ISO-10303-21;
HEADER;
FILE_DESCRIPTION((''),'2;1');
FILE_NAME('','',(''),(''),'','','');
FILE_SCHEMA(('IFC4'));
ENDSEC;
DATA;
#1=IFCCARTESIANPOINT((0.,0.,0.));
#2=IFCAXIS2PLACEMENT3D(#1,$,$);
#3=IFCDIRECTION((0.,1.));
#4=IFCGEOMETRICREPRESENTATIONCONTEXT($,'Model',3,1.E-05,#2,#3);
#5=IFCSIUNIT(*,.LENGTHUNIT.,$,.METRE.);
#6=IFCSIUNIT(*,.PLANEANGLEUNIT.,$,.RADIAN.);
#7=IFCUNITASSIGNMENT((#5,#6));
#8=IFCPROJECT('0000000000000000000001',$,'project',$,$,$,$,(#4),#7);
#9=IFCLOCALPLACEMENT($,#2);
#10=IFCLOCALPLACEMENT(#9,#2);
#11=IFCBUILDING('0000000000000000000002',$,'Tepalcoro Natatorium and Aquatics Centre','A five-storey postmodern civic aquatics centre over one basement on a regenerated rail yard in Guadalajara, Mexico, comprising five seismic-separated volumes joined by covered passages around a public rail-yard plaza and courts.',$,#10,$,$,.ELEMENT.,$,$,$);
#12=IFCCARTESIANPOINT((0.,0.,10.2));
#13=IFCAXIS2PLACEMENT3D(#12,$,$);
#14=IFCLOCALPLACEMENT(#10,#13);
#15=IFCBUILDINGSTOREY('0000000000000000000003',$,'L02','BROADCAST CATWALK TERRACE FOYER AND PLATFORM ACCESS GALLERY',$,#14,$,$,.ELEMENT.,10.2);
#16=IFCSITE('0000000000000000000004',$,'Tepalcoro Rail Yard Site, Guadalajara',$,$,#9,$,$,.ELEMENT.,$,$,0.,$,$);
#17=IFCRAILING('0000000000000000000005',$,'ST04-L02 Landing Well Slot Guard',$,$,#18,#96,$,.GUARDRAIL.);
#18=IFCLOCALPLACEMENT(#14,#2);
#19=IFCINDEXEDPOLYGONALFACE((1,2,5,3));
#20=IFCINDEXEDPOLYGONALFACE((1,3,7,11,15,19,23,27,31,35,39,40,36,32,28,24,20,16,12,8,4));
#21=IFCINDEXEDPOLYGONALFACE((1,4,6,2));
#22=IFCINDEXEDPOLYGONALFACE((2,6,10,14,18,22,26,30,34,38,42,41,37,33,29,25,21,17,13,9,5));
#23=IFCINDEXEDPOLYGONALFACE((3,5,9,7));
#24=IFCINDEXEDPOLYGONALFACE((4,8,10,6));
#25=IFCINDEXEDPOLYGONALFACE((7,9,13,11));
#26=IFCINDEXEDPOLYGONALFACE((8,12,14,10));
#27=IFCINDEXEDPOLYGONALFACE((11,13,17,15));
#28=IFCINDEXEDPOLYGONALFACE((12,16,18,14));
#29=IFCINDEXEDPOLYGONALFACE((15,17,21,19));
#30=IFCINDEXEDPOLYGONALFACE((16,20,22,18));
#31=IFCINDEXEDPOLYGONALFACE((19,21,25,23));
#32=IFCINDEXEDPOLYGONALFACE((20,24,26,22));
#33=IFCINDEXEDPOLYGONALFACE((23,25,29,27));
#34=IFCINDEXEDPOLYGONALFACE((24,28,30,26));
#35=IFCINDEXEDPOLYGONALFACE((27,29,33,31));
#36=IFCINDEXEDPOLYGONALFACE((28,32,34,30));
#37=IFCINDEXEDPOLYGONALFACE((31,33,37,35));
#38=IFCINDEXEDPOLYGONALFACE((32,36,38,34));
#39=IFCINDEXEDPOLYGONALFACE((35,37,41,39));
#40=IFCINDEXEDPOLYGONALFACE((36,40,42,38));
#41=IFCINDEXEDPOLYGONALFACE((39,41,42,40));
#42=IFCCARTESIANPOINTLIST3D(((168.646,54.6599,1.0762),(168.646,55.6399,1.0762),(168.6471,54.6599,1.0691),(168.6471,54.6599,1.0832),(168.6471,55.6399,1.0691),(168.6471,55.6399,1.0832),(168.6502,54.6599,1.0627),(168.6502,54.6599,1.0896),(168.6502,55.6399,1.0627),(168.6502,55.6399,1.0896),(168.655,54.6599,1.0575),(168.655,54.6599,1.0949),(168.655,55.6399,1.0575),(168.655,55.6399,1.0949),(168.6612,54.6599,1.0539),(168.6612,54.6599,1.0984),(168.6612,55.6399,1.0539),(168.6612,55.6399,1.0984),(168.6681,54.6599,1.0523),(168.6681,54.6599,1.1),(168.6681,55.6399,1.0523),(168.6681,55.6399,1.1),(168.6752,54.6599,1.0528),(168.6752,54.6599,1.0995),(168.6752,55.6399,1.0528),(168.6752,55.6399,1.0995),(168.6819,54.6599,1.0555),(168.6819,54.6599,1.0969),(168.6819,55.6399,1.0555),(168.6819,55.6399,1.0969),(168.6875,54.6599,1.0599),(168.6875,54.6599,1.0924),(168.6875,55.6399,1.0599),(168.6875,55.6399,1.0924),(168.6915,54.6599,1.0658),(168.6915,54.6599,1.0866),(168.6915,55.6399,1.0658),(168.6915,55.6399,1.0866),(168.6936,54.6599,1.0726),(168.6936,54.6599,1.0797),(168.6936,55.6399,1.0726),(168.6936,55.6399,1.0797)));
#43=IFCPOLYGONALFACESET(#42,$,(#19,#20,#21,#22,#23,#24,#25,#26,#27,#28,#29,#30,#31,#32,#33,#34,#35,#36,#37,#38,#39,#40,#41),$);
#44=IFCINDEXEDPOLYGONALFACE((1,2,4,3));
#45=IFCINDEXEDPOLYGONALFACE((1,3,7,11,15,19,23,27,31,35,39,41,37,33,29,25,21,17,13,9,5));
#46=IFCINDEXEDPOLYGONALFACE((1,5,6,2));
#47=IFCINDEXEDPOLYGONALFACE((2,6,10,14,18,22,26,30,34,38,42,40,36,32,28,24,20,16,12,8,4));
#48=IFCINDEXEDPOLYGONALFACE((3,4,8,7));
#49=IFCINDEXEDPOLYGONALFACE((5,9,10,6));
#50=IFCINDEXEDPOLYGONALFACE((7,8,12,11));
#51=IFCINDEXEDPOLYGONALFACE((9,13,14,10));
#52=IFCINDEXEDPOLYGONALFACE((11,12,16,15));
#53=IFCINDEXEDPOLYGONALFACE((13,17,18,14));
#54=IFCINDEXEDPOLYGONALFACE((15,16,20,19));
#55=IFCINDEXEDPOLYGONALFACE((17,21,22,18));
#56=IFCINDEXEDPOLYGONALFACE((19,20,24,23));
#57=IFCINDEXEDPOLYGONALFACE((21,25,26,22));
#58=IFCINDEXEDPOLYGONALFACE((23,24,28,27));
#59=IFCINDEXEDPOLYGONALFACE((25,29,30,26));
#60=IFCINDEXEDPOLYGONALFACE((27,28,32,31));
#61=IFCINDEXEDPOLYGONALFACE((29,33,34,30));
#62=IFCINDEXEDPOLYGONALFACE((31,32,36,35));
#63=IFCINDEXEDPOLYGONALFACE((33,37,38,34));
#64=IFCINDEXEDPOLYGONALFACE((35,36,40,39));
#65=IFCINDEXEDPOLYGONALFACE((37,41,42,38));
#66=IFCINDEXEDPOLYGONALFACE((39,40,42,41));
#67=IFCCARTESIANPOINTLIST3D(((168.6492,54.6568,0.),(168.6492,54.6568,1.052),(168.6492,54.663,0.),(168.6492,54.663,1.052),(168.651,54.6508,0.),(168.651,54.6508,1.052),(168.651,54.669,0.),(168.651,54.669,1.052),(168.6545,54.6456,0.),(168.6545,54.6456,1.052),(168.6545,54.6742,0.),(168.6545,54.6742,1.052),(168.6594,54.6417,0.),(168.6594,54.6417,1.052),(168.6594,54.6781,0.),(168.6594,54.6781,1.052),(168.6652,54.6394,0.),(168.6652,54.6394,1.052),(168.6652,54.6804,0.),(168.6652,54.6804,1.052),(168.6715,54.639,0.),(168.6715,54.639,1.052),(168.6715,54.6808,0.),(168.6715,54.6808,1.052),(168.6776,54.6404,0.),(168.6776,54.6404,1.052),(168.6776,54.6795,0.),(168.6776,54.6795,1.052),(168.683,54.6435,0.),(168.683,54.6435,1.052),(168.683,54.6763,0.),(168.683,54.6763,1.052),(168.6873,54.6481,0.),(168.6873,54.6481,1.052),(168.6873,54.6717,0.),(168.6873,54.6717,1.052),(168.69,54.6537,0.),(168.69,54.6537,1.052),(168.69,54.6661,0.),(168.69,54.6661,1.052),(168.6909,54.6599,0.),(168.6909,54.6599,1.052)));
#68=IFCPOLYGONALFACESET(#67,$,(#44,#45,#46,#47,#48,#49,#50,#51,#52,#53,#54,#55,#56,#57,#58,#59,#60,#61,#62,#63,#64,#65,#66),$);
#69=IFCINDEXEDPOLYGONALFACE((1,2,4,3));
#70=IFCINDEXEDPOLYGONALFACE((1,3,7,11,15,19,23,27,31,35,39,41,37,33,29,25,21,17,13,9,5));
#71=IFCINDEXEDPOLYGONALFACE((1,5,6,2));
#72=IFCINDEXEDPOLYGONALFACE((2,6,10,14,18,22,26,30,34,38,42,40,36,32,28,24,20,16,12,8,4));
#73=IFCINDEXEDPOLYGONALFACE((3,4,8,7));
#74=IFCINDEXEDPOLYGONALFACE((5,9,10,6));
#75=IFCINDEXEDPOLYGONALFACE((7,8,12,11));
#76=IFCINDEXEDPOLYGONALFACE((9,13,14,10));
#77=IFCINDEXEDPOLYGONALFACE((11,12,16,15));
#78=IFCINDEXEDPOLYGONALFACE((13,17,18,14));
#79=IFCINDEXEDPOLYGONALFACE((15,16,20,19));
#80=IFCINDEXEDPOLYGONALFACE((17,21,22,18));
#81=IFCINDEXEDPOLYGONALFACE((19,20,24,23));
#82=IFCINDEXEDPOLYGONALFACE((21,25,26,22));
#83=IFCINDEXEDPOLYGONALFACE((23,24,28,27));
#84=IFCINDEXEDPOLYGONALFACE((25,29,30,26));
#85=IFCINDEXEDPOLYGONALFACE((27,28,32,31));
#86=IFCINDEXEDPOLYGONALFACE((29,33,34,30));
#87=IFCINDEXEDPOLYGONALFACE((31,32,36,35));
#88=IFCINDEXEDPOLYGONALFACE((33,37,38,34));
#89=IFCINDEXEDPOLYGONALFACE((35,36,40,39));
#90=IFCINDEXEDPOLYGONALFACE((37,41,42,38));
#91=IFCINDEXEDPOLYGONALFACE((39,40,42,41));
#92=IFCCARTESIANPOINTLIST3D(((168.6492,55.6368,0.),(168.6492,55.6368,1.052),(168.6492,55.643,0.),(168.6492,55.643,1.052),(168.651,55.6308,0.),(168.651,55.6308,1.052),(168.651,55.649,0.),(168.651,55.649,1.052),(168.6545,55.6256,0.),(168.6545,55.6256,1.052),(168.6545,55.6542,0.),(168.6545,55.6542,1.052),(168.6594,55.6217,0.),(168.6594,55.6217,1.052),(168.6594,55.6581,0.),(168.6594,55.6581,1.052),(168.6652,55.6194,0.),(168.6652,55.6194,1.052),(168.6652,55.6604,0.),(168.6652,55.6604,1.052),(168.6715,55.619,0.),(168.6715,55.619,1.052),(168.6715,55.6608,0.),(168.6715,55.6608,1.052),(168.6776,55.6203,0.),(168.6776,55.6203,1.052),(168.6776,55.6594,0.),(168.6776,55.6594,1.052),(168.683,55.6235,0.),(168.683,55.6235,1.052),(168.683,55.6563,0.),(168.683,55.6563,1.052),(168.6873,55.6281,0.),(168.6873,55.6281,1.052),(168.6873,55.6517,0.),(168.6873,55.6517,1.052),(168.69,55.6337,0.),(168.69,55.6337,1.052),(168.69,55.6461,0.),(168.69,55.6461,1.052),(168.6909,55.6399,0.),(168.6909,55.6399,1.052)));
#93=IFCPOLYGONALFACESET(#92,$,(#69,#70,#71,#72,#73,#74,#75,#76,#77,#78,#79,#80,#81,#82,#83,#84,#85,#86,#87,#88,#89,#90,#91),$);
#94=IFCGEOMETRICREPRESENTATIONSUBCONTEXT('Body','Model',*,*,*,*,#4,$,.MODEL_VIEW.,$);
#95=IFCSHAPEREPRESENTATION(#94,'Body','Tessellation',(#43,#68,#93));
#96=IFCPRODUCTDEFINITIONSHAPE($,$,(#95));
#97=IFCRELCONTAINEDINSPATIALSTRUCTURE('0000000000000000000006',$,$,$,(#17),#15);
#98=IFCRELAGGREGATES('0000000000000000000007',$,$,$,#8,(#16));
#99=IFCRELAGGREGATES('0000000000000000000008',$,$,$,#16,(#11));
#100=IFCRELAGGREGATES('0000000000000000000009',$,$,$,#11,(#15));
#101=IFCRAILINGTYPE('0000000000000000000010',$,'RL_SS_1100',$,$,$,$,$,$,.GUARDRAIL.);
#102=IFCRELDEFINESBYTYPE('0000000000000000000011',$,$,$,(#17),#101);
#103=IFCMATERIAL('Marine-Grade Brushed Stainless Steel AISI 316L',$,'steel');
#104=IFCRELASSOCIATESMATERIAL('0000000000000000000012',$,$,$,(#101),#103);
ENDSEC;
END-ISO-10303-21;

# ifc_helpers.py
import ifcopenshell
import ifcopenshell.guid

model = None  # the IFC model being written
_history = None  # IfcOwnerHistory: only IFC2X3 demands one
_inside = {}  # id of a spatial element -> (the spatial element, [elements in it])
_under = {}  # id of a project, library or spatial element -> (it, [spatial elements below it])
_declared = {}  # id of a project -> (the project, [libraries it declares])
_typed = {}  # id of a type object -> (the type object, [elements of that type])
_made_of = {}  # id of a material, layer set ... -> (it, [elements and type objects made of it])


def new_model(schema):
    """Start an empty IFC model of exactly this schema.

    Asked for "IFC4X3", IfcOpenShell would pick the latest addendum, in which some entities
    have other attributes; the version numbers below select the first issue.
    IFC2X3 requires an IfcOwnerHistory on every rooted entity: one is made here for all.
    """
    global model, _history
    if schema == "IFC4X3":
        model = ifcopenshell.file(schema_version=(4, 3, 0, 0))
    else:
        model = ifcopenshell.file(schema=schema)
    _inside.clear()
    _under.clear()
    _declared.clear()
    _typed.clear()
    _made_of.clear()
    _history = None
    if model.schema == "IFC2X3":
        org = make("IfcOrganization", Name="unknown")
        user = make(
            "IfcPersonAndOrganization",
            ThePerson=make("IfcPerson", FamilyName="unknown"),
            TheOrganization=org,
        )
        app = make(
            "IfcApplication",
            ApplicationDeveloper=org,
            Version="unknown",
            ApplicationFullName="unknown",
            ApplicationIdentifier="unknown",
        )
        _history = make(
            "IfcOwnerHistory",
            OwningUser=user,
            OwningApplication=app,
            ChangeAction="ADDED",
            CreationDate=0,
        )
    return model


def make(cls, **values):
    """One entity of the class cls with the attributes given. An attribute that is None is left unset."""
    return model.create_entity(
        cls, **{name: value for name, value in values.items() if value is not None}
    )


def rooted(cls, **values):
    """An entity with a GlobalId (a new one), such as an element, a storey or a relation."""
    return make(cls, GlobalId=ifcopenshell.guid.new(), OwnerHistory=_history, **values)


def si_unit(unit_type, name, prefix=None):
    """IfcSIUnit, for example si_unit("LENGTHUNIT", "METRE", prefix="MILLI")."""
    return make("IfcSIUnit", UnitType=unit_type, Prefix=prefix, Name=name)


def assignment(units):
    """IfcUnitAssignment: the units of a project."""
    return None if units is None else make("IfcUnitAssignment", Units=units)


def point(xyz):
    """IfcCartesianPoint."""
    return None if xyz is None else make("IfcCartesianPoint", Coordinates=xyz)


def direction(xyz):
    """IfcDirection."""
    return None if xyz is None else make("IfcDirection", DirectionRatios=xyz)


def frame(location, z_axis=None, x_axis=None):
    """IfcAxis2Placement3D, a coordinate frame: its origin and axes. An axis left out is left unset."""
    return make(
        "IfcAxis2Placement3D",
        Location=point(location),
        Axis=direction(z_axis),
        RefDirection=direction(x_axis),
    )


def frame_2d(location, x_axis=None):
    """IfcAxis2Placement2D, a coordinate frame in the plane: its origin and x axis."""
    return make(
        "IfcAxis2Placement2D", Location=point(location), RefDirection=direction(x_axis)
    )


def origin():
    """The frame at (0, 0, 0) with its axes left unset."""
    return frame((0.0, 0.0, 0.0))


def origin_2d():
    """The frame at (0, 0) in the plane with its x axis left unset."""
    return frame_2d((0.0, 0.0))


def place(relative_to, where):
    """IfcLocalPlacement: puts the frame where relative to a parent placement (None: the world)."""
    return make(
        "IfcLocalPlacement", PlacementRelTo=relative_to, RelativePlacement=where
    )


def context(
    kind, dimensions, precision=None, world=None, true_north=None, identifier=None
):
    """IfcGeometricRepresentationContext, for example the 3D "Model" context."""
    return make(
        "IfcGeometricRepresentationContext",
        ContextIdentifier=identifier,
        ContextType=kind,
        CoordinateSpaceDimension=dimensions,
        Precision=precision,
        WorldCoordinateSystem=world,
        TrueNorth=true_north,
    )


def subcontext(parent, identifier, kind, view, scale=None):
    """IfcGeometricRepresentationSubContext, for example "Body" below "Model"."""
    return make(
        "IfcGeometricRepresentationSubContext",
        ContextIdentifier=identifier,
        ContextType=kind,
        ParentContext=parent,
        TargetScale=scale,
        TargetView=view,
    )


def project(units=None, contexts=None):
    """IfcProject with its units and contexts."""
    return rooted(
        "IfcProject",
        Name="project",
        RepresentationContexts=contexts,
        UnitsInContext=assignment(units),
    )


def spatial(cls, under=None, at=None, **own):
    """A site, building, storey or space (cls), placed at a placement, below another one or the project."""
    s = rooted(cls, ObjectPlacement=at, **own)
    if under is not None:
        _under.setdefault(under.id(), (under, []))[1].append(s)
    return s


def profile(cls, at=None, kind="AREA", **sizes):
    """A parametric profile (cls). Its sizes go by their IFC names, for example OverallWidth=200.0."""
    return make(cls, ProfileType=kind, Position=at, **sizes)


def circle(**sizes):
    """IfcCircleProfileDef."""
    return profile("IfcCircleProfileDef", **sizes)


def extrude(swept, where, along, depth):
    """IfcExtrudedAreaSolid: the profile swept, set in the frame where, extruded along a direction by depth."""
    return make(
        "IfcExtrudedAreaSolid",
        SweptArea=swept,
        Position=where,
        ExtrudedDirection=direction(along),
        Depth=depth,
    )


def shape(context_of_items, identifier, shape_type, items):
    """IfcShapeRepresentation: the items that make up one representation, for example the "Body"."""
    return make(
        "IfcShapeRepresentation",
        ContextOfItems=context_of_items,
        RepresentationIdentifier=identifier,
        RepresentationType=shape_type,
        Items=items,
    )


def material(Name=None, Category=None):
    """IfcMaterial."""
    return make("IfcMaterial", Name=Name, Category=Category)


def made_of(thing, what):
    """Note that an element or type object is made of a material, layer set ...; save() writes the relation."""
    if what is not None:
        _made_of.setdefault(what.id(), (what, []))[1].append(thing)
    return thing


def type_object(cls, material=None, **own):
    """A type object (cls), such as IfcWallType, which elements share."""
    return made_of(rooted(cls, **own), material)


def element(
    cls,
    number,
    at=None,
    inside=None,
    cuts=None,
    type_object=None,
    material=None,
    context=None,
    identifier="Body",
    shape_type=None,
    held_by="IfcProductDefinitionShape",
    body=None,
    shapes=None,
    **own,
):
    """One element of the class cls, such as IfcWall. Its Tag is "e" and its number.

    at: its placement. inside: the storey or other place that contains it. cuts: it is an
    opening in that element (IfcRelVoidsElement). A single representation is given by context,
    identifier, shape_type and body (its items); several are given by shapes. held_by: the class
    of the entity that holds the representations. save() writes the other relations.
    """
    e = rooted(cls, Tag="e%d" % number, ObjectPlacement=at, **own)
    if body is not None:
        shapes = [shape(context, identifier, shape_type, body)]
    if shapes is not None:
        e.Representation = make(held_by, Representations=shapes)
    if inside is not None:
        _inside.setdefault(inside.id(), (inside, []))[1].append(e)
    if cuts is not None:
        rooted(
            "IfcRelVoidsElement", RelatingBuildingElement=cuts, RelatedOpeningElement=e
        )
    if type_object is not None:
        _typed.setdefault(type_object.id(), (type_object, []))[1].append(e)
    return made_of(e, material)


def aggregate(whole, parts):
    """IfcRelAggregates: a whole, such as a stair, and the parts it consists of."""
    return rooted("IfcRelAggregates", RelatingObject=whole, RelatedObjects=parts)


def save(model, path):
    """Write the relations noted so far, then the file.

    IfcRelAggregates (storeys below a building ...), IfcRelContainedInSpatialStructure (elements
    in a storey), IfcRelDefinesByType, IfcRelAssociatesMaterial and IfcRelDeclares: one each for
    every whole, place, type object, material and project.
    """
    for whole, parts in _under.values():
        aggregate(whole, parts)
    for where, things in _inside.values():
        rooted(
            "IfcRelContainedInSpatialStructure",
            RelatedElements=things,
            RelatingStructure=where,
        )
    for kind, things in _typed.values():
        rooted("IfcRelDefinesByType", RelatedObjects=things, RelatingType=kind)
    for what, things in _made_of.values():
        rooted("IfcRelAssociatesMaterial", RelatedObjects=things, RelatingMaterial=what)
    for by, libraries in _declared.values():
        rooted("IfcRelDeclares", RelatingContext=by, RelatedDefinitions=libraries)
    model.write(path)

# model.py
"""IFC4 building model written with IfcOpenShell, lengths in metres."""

from ifc_helpers import new_model, si_unit, direction, frame, origin, origin_2d, place, context, subcontext, project, spatial, circle, extrude, material, type_object, element, save


model = new_model("IFC4")

# Units and contexts
model_context = context("Model", 3, precision=1e-05, world=origin(), true_north=direction((0.0, 1.0)))
body_context = subcontext(model_context, "Body", "Model", "MODEL_VIEW")
ifc_project = project(units=[si_unit("LENGTHUNIT", "METRE"), si_unit("PLANEANGLEUNIT", "RADIAN")], contexts=[model_context])

# Site, building, storey
site_placement = place(None, origin())
site = spatial("IfcSite", under=ifc_project, at=site_placement, Name="Tepalcoro Rail Yard Site, Guadalajara", CompositionType="ELEMENT", RefElevation=0.0)
building_placement = place(site_placement, origin())
building = spatial("IfcBuilding", under=site, at=building_placement, Name="Tepalcoro Natatorium and Aquatics Centre", Description="A five-storey postmodern civic aquatics centre over one basement on a regenerated rail yard in Guadalajara, Mexico, comprising five seismic-separated volumes joined by covered passages around a public rail-yard plaza and courts.", CompositionType="ELEMENT")
storey_placement = place(building_placement, frame((0.0, 0.0, 10.2)))
storey = spatial("IfcBuildingStorey", under=building, at=storey_placement, Name="L02", Description="BROADCAST CATWALK TERRACE FOYER AND PLATFORM ACCESS GALLERY", CompositionType="ELEMENT", Elevation=10.2)

# Railing
ifc_material_1 = material(Name="Marine-Grade Brushed Stainless Steel AISI 316L", Category="steel")
railing_type_1 = type_object("IfcRailingType", Name="RL_SS_1100", PredefinedType="GUARDRAIL", material=ifc_material_1)
railing_1_placement = place(storey_placement, frame((168.6699, 54.6599, 0.0)))
element("IfcRailing", 1, at=railing_1_placement, inside=storey, type_object=railing_type_1, Name="ST04-L02 Landing Well Slot Guard", PredefinedType="GUARDRAIL", context=body_context, shape_type="SweptSolid", body=[
    extrude(circle(Radius=0.0239, at=origin_2d()), frame((0.0, 0.0, 1.0762), z_axis=(0.0, 1.0, 0.0), x_axis=(-1.0, 0.0, 0.0)), (0.0, 0.0, 1.0), 0.98),
    extrude(circle(Radius=0.021, at=origin_2d()), origin(), (0.0, 0.0, 1.0), 1.052),
    extrude(circle(Radius=0.021, at=origin_2d()), frame((0.0, 0.98, 0.0)), (0.0, 0.0, 1.0), 1.052),
])

save(model, "model.ifc")
